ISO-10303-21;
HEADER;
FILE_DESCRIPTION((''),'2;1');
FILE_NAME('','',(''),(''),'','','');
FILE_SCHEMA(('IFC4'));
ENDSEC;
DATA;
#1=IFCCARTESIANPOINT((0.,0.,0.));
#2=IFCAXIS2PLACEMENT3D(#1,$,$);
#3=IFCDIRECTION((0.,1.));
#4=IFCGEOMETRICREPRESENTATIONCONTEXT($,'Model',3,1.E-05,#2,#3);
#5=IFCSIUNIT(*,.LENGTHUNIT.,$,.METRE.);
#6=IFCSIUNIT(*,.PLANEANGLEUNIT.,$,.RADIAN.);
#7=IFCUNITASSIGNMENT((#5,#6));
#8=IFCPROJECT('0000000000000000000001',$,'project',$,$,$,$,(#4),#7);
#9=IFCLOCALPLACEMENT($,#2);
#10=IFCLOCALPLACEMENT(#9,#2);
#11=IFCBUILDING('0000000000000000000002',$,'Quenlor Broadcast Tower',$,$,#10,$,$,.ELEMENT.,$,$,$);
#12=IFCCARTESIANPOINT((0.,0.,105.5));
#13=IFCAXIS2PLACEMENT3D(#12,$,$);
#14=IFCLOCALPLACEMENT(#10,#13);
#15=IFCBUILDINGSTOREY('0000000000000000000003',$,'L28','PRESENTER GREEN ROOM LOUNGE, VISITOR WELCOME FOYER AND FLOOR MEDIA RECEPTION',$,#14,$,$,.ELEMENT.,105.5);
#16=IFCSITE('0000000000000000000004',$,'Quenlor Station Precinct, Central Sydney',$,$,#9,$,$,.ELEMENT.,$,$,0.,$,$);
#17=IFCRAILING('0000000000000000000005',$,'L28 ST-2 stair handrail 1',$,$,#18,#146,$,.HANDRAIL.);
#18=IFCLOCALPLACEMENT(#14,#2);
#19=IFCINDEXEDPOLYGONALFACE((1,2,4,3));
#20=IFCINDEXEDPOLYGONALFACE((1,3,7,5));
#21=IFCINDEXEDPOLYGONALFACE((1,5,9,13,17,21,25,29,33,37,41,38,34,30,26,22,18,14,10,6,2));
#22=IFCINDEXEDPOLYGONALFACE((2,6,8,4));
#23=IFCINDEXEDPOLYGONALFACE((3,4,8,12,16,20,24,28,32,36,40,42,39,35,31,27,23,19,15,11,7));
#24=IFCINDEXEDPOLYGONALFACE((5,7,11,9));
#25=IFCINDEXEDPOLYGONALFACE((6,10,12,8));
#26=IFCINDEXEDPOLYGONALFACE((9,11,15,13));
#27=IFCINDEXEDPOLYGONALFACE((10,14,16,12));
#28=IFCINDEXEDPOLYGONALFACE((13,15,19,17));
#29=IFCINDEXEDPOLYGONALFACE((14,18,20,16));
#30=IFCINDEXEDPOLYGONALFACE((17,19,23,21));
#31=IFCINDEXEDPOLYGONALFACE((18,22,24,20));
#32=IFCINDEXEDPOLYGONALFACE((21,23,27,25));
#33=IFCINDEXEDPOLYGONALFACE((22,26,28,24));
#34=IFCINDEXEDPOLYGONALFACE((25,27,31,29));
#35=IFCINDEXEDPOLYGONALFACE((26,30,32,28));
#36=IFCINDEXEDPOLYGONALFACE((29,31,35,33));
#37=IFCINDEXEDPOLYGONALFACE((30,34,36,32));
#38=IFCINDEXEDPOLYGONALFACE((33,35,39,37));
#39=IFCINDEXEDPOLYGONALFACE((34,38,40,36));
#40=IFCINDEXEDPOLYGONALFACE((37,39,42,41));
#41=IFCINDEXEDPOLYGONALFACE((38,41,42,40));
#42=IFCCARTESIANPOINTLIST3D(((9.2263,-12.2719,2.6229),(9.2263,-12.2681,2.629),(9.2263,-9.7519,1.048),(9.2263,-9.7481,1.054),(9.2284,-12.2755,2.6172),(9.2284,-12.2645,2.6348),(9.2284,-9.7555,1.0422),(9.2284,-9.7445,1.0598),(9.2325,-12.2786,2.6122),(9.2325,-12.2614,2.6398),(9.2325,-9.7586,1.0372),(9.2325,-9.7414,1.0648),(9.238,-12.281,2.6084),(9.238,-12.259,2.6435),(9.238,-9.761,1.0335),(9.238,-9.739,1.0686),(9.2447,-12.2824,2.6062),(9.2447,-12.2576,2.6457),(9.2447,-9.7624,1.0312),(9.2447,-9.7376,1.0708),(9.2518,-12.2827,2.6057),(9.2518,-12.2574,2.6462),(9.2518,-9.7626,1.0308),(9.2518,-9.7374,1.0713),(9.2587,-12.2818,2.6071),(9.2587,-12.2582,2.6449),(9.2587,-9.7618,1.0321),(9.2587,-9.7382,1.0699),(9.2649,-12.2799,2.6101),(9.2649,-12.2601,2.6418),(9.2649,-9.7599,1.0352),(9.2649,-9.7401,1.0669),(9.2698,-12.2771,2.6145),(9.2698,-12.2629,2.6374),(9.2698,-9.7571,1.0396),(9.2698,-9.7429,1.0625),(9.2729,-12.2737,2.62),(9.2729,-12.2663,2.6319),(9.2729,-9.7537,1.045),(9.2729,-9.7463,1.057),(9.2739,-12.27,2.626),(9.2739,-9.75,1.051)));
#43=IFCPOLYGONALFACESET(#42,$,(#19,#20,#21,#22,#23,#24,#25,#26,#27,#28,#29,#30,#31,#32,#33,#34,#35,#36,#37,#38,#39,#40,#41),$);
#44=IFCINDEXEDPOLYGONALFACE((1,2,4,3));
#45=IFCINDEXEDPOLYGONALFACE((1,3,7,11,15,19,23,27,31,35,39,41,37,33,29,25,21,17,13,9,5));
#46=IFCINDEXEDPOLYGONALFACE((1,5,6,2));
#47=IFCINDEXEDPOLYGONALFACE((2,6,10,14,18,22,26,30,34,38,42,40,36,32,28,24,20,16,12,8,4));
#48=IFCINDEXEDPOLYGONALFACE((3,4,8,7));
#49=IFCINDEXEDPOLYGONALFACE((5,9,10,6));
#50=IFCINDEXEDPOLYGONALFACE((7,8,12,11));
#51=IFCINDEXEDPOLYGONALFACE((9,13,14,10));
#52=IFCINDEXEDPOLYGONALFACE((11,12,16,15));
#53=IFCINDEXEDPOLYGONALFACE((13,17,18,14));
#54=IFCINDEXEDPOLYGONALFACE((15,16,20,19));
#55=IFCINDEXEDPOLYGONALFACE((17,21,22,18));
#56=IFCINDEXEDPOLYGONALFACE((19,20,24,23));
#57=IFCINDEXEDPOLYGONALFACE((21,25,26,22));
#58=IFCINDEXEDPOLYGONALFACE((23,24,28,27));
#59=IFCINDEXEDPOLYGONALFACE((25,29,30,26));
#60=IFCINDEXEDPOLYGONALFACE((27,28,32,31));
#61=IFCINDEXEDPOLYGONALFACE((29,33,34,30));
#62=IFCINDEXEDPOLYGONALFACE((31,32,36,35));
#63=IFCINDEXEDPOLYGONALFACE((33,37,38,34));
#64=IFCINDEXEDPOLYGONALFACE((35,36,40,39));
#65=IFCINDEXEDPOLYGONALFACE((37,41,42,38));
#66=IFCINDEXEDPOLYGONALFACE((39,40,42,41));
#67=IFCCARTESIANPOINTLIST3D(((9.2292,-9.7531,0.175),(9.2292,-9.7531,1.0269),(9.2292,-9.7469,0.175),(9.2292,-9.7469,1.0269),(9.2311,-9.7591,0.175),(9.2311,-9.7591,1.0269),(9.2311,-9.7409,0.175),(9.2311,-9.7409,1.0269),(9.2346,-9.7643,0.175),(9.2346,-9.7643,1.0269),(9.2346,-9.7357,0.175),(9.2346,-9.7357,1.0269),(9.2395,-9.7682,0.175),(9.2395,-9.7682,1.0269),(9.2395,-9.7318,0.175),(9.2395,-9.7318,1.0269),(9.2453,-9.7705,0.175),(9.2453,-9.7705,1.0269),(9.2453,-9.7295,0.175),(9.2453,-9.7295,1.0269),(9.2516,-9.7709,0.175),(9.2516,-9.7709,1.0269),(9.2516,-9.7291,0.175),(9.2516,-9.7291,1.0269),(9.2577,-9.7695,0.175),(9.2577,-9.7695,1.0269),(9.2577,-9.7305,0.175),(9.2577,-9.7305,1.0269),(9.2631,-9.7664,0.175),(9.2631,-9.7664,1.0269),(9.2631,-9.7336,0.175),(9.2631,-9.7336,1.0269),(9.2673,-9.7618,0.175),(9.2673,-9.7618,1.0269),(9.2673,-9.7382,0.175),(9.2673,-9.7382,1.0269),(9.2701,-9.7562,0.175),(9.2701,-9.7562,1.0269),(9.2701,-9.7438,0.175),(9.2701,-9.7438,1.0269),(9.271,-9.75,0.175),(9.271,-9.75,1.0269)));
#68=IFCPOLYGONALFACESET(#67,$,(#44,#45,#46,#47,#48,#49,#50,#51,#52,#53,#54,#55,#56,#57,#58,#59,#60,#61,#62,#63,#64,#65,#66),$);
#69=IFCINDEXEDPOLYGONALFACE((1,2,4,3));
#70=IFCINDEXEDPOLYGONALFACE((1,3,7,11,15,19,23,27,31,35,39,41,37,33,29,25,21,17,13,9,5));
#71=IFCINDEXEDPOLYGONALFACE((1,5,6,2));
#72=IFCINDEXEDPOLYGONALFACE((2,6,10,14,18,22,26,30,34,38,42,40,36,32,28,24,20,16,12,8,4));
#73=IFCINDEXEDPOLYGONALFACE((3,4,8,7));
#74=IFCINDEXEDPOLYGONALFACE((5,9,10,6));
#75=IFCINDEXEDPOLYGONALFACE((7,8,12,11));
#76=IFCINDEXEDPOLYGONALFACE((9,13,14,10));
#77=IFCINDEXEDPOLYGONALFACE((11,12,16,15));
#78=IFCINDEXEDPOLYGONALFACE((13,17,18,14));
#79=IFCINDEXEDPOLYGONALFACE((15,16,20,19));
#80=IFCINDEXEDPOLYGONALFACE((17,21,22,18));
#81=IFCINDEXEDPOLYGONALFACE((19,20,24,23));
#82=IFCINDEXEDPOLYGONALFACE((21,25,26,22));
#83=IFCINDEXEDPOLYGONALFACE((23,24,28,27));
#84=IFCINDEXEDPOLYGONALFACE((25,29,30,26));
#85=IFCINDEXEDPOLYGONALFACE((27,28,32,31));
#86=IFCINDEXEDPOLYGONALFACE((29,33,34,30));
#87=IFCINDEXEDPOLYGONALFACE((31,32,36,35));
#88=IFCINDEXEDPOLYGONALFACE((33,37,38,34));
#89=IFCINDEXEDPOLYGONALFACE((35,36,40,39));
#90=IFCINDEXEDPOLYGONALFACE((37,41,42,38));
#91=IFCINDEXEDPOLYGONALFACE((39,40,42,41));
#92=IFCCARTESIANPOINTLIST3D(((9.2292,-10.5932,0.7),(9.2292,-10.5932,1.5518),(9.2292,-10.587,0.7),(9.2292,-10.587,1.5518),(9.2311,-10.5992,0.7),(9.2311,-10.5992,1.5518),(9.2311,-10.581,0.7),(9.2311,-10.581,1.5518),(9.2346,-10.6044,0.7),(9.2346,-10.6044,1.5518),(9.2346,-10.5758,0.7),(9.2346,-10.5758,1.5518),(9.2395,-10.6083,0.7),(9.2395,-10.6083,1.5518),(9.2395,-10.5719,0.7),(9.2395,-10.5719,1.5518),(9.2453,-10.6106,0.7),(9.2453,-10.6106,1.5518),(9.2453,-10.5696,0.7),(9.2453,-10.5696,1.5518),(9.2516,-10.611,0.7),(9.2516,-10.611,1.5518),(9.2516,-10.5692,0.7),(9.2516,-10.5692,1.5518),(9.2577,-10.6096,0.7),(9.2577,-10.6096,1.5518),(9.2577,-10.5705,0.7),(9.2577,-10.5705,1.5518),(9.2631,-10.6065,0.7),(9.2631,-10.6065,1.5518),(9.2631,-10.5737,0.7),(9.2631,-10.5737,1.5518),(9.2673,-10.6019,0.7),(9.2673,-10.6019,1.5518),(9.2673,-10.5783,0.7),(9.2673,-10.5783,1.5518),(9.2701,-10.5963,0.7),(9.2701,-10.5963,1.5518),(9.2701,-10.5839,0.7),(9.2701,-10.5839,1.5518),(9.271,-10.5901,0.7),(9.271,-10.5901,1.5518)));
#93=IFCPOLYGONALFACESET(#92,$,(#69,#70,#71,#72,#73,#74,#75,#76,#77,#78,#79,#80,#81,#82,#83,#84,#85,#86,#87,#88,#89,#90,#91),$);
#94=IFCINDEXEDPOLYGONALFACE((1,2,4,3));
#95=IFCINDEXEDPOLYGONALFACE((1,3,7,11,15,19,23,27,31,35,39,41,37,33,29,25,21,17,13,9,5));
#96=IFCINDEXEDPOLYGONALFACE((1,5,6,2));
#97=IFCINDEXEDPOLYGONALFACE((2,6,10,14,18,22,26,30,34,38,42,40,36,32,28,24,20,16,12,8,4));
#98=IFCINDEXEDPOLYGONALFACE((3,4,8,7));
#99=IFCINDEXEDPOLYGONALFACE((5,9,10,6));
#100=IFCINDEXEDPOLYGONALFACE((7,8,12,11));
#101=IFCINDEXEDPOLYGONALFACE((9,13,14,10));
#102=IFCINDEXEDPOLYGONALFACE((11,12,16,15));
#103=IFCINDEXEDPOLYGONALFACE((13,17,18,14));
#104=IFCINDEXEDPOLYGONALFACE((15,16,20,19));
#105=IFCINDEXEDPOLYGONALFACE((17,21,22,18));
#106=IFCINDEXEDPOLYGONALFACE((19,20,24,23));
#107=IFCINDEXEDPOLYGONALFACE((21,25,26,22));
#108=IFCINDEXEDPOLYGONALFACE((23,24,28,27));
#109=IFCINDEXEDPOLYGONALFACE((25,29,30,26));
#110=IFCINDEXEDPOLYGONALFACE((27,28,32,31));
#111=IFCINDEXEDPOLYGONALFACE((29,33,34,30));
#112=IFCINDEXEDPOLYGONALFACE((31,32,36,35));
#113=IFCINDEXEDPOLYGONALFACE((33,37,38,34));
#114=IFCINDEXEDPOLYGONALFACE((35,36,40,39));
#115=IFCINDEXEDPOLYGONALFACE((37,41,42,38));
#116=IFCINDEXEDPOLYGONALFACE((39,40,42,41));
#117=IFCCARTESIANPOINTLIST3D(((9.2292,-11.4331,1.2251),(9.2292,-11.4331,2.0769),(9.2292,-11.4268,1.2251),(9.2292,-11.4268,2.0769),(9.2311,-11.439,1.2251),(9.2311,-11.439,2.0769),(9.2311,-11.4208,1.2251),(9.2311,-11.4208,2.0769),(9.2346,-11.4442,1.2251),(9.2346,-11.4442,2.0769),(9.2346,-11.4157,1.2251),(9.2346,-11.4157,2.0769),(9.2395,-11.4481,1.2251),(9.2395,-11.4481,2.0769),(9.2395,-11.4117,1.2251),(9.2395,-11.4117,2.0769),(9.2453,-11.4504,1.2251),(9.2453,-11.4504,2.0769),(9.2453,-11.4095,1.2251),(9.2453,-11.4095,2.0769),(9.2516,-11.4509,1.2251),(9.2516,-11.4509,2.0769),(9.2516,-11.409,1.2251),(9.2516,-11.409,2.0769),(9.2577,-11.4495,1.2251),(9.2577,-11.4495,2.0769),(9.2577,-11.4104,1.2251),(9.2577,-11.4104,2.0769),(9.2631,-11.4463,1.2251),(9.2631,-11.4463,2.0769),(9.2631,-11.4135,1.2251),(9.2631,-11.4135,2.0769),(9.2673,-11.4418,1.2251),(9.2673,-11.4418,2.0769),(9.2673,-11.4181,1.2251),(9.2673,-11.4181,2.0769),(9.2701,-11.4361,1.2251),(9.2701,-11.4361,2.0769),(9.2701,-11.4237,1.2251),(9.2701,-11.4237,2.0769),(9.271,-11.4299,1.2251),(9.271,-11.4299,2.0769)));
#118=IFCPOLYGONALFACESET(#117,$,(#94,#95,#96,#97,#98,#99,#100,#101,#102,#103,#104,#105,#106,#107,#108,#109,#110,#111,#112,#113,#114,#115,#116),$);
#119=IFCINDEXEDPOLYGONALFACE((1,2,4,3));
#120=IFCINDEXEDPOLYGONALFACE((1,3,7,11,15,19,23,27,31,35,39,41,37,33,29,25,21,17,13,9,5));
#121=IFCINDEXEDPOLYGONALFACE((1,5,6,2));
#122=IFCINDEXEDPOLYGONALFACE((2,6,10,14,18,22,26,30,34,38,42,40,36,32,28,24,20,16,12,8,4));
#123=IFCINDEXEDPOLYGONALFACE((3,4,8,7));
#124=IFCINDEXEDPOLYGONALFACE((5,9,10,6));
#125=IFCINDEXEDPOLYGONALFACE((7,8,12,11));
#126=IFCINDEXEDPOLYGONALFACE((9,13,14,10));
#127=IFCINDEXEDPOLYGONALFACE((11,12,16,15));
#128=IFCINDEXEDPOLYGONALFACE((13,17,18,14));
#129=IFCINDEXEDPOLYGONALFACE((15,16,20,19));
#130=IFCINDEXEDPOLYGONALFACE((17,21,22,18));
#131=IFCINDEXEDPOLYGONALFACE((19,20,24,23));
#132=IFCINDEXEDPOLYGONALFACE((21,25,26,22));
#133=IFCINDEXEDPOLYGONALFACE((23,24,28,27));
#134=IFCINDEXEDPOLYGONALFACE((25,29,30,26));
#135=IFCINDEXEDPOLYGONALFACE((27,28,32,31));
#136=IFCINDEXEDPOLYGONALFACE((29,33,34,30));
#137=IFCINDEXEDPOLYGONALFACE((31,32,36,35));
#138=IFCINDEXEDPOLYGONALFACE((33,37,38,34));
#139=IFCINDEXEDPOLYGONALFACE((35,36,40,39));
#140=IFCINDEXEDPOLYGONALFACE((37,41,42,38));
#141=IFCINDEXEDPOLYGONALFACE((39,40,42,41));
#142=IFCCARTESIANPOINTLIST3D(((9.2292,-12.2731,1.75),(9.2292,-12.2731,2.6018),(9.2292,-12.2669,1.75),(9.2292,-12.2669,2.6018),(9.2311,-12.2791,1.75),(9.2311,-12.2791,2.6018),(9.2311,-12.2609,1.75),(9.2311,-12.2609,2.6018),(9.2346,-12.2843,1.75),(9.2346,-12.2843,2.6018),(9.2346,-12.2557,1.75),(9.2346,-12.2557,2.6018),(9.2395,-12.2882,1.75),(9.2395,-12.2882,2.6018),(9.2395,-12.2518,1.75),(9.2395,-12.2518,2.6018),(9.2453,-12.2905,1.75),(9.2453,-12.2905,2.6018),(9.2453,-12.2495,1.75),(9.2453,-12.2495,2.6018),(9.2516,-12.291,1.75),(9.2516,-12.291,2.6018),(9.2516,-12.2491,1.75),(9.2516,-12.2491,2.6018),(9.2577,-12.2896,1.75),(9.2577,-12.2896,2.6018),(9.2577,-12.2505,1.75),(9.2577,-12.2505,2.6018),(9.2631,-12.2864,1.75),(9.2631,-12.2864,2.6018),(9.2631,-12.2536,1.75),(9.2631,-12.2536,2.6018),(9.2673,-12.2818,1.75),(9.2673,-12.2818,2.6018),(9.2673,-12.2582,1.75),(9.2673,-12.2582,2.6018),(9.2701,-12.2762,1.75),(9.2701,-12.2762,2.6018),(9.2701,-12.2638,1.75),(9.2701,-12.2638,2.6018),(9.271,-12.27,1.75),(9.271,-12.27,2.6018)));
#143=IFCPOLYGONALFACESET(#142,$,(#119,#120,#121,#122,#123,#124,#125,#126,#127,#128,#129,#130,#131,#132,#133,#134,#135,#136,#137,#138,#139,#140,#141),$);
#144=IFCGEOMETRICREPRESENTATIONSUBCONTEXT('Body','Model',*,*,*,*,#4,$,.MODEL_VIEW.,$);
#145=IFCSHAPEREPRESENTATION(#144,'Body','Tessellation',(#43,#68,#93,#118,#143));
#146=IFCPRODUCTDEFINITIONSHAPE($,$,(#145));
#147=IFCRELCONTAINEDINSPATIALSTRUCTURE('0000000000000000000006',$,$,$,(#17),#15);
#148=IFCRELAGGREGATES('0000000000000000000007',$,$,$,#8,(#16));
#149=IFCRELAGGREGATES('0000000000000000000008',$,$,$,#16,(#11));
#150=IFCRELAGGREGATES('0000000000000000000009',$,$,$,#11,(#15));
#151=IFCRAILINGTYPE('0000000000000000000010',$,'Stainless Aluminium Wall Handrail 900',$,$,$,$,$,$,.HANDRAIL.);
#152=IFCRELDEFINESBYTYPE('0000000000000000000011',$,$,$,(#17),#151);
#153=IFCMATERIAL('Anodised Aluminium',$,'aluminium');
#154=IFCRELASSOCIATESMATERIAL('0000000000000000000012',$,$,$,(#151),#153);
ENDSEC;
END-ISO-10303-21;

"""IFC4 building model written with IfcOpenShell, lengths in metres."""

from ifc_helpers import new_model, si_unit, direction, frame, origin, origin_2d, place, context, subcontext, project, spatial, circle, extrude, material, type_object, element, save


model = new_model("IFC4")

# Units and contexts
model_context = context("Model", 3, precision=1e-05, world=origin(), true_north=direction((0.0, 1.0)))
body_context = subcontext(model_context, "Body", "Model", "MODEL_VIEW")
ifc_project = project(units=[si_unit("LENGTHUNIT", "METRE"), si_unit("PLANEANGLEUNIT", "RADIAN")], contexts=[model_context])

# Site, building, storey
site_placement = place(None, origin())
site = spatial("IfcSite", under=ifc_project, at=site_placement, Name="Quenlor Station Precinct, Central Sydney", CompositionType="ELEMENT", RefElevation=0.0)
building_placement = place(site_placement, origin())
building = spatial("IfcBuilding", under=site, at=building_placement, Name="Quenlor Broadcast Tower", CompositionType="ELEMENT")
storey_placement = place(building_placement, frame((0.0, 0.0, 105.5)))
storey = spatial("IfcBuildingStorey", under=building, at=storey_placement, Name="L28", Description="PRESENTER GREEN ROOM LOUNGE, VISITOR WELCOME FOYER AND FLOOR MEDIA RECEPTION", CompositionType="ELEMENT", Elevation=105.5)

# Railing
ifc_material_1 = material(Name="Anodised Aluminium", Category="aluminium")
railing_type_1 = type_object("IfcRailingType", Name="Stainless Aluminium Wall Handrail 900", PredefinedType="HANDRAIL", material=ifc_material_1)
railing_1_placement = place(storey_placement, frame((9.25, -9.75, 0.175)))
element("IfcRailing", 1, at=railing_1_placement, inside=storey, type_object=railing_type_1, Name="L28 ST-2 stair handrail 1", PredefinedType="HANDRAIL", context=body_context, shape_type="SweptSolid", body=[
    extrude(circle(Radius=0.0239, at=origin_2d()), frame((0.0, 0.0, 0.876), z_axis=(0.0, -0.848008, 0.529984), x_axis=(1.0, 0.0, 0.0)), (0.0, 0.0, 1.0), 2.9717),
    extrude(circle(Radius=0.021, at=origin_2d()), origin(), (0.0, 0.0, 1.0), 0.8518),
    extrude(circle(Radius=0.021, at=origin_2d()), frame((0.0, -0.8401, 0.5249)), (0.0, 0.0, 1.0), 0.8518),
    extrude(circle(Radius=0.021, at=origin_2d()), frame((0.0, -1.6799, 1.05)), (0.0, 0.0, 1.0), 0.8518),
    extrude(circle(Radius=0.021, at=origin_2d()), frame((0.0, -2.52, 1.575)), (0.0, 0.0, 1.0), 0.8518),
])

save(model, "model.ifc")
